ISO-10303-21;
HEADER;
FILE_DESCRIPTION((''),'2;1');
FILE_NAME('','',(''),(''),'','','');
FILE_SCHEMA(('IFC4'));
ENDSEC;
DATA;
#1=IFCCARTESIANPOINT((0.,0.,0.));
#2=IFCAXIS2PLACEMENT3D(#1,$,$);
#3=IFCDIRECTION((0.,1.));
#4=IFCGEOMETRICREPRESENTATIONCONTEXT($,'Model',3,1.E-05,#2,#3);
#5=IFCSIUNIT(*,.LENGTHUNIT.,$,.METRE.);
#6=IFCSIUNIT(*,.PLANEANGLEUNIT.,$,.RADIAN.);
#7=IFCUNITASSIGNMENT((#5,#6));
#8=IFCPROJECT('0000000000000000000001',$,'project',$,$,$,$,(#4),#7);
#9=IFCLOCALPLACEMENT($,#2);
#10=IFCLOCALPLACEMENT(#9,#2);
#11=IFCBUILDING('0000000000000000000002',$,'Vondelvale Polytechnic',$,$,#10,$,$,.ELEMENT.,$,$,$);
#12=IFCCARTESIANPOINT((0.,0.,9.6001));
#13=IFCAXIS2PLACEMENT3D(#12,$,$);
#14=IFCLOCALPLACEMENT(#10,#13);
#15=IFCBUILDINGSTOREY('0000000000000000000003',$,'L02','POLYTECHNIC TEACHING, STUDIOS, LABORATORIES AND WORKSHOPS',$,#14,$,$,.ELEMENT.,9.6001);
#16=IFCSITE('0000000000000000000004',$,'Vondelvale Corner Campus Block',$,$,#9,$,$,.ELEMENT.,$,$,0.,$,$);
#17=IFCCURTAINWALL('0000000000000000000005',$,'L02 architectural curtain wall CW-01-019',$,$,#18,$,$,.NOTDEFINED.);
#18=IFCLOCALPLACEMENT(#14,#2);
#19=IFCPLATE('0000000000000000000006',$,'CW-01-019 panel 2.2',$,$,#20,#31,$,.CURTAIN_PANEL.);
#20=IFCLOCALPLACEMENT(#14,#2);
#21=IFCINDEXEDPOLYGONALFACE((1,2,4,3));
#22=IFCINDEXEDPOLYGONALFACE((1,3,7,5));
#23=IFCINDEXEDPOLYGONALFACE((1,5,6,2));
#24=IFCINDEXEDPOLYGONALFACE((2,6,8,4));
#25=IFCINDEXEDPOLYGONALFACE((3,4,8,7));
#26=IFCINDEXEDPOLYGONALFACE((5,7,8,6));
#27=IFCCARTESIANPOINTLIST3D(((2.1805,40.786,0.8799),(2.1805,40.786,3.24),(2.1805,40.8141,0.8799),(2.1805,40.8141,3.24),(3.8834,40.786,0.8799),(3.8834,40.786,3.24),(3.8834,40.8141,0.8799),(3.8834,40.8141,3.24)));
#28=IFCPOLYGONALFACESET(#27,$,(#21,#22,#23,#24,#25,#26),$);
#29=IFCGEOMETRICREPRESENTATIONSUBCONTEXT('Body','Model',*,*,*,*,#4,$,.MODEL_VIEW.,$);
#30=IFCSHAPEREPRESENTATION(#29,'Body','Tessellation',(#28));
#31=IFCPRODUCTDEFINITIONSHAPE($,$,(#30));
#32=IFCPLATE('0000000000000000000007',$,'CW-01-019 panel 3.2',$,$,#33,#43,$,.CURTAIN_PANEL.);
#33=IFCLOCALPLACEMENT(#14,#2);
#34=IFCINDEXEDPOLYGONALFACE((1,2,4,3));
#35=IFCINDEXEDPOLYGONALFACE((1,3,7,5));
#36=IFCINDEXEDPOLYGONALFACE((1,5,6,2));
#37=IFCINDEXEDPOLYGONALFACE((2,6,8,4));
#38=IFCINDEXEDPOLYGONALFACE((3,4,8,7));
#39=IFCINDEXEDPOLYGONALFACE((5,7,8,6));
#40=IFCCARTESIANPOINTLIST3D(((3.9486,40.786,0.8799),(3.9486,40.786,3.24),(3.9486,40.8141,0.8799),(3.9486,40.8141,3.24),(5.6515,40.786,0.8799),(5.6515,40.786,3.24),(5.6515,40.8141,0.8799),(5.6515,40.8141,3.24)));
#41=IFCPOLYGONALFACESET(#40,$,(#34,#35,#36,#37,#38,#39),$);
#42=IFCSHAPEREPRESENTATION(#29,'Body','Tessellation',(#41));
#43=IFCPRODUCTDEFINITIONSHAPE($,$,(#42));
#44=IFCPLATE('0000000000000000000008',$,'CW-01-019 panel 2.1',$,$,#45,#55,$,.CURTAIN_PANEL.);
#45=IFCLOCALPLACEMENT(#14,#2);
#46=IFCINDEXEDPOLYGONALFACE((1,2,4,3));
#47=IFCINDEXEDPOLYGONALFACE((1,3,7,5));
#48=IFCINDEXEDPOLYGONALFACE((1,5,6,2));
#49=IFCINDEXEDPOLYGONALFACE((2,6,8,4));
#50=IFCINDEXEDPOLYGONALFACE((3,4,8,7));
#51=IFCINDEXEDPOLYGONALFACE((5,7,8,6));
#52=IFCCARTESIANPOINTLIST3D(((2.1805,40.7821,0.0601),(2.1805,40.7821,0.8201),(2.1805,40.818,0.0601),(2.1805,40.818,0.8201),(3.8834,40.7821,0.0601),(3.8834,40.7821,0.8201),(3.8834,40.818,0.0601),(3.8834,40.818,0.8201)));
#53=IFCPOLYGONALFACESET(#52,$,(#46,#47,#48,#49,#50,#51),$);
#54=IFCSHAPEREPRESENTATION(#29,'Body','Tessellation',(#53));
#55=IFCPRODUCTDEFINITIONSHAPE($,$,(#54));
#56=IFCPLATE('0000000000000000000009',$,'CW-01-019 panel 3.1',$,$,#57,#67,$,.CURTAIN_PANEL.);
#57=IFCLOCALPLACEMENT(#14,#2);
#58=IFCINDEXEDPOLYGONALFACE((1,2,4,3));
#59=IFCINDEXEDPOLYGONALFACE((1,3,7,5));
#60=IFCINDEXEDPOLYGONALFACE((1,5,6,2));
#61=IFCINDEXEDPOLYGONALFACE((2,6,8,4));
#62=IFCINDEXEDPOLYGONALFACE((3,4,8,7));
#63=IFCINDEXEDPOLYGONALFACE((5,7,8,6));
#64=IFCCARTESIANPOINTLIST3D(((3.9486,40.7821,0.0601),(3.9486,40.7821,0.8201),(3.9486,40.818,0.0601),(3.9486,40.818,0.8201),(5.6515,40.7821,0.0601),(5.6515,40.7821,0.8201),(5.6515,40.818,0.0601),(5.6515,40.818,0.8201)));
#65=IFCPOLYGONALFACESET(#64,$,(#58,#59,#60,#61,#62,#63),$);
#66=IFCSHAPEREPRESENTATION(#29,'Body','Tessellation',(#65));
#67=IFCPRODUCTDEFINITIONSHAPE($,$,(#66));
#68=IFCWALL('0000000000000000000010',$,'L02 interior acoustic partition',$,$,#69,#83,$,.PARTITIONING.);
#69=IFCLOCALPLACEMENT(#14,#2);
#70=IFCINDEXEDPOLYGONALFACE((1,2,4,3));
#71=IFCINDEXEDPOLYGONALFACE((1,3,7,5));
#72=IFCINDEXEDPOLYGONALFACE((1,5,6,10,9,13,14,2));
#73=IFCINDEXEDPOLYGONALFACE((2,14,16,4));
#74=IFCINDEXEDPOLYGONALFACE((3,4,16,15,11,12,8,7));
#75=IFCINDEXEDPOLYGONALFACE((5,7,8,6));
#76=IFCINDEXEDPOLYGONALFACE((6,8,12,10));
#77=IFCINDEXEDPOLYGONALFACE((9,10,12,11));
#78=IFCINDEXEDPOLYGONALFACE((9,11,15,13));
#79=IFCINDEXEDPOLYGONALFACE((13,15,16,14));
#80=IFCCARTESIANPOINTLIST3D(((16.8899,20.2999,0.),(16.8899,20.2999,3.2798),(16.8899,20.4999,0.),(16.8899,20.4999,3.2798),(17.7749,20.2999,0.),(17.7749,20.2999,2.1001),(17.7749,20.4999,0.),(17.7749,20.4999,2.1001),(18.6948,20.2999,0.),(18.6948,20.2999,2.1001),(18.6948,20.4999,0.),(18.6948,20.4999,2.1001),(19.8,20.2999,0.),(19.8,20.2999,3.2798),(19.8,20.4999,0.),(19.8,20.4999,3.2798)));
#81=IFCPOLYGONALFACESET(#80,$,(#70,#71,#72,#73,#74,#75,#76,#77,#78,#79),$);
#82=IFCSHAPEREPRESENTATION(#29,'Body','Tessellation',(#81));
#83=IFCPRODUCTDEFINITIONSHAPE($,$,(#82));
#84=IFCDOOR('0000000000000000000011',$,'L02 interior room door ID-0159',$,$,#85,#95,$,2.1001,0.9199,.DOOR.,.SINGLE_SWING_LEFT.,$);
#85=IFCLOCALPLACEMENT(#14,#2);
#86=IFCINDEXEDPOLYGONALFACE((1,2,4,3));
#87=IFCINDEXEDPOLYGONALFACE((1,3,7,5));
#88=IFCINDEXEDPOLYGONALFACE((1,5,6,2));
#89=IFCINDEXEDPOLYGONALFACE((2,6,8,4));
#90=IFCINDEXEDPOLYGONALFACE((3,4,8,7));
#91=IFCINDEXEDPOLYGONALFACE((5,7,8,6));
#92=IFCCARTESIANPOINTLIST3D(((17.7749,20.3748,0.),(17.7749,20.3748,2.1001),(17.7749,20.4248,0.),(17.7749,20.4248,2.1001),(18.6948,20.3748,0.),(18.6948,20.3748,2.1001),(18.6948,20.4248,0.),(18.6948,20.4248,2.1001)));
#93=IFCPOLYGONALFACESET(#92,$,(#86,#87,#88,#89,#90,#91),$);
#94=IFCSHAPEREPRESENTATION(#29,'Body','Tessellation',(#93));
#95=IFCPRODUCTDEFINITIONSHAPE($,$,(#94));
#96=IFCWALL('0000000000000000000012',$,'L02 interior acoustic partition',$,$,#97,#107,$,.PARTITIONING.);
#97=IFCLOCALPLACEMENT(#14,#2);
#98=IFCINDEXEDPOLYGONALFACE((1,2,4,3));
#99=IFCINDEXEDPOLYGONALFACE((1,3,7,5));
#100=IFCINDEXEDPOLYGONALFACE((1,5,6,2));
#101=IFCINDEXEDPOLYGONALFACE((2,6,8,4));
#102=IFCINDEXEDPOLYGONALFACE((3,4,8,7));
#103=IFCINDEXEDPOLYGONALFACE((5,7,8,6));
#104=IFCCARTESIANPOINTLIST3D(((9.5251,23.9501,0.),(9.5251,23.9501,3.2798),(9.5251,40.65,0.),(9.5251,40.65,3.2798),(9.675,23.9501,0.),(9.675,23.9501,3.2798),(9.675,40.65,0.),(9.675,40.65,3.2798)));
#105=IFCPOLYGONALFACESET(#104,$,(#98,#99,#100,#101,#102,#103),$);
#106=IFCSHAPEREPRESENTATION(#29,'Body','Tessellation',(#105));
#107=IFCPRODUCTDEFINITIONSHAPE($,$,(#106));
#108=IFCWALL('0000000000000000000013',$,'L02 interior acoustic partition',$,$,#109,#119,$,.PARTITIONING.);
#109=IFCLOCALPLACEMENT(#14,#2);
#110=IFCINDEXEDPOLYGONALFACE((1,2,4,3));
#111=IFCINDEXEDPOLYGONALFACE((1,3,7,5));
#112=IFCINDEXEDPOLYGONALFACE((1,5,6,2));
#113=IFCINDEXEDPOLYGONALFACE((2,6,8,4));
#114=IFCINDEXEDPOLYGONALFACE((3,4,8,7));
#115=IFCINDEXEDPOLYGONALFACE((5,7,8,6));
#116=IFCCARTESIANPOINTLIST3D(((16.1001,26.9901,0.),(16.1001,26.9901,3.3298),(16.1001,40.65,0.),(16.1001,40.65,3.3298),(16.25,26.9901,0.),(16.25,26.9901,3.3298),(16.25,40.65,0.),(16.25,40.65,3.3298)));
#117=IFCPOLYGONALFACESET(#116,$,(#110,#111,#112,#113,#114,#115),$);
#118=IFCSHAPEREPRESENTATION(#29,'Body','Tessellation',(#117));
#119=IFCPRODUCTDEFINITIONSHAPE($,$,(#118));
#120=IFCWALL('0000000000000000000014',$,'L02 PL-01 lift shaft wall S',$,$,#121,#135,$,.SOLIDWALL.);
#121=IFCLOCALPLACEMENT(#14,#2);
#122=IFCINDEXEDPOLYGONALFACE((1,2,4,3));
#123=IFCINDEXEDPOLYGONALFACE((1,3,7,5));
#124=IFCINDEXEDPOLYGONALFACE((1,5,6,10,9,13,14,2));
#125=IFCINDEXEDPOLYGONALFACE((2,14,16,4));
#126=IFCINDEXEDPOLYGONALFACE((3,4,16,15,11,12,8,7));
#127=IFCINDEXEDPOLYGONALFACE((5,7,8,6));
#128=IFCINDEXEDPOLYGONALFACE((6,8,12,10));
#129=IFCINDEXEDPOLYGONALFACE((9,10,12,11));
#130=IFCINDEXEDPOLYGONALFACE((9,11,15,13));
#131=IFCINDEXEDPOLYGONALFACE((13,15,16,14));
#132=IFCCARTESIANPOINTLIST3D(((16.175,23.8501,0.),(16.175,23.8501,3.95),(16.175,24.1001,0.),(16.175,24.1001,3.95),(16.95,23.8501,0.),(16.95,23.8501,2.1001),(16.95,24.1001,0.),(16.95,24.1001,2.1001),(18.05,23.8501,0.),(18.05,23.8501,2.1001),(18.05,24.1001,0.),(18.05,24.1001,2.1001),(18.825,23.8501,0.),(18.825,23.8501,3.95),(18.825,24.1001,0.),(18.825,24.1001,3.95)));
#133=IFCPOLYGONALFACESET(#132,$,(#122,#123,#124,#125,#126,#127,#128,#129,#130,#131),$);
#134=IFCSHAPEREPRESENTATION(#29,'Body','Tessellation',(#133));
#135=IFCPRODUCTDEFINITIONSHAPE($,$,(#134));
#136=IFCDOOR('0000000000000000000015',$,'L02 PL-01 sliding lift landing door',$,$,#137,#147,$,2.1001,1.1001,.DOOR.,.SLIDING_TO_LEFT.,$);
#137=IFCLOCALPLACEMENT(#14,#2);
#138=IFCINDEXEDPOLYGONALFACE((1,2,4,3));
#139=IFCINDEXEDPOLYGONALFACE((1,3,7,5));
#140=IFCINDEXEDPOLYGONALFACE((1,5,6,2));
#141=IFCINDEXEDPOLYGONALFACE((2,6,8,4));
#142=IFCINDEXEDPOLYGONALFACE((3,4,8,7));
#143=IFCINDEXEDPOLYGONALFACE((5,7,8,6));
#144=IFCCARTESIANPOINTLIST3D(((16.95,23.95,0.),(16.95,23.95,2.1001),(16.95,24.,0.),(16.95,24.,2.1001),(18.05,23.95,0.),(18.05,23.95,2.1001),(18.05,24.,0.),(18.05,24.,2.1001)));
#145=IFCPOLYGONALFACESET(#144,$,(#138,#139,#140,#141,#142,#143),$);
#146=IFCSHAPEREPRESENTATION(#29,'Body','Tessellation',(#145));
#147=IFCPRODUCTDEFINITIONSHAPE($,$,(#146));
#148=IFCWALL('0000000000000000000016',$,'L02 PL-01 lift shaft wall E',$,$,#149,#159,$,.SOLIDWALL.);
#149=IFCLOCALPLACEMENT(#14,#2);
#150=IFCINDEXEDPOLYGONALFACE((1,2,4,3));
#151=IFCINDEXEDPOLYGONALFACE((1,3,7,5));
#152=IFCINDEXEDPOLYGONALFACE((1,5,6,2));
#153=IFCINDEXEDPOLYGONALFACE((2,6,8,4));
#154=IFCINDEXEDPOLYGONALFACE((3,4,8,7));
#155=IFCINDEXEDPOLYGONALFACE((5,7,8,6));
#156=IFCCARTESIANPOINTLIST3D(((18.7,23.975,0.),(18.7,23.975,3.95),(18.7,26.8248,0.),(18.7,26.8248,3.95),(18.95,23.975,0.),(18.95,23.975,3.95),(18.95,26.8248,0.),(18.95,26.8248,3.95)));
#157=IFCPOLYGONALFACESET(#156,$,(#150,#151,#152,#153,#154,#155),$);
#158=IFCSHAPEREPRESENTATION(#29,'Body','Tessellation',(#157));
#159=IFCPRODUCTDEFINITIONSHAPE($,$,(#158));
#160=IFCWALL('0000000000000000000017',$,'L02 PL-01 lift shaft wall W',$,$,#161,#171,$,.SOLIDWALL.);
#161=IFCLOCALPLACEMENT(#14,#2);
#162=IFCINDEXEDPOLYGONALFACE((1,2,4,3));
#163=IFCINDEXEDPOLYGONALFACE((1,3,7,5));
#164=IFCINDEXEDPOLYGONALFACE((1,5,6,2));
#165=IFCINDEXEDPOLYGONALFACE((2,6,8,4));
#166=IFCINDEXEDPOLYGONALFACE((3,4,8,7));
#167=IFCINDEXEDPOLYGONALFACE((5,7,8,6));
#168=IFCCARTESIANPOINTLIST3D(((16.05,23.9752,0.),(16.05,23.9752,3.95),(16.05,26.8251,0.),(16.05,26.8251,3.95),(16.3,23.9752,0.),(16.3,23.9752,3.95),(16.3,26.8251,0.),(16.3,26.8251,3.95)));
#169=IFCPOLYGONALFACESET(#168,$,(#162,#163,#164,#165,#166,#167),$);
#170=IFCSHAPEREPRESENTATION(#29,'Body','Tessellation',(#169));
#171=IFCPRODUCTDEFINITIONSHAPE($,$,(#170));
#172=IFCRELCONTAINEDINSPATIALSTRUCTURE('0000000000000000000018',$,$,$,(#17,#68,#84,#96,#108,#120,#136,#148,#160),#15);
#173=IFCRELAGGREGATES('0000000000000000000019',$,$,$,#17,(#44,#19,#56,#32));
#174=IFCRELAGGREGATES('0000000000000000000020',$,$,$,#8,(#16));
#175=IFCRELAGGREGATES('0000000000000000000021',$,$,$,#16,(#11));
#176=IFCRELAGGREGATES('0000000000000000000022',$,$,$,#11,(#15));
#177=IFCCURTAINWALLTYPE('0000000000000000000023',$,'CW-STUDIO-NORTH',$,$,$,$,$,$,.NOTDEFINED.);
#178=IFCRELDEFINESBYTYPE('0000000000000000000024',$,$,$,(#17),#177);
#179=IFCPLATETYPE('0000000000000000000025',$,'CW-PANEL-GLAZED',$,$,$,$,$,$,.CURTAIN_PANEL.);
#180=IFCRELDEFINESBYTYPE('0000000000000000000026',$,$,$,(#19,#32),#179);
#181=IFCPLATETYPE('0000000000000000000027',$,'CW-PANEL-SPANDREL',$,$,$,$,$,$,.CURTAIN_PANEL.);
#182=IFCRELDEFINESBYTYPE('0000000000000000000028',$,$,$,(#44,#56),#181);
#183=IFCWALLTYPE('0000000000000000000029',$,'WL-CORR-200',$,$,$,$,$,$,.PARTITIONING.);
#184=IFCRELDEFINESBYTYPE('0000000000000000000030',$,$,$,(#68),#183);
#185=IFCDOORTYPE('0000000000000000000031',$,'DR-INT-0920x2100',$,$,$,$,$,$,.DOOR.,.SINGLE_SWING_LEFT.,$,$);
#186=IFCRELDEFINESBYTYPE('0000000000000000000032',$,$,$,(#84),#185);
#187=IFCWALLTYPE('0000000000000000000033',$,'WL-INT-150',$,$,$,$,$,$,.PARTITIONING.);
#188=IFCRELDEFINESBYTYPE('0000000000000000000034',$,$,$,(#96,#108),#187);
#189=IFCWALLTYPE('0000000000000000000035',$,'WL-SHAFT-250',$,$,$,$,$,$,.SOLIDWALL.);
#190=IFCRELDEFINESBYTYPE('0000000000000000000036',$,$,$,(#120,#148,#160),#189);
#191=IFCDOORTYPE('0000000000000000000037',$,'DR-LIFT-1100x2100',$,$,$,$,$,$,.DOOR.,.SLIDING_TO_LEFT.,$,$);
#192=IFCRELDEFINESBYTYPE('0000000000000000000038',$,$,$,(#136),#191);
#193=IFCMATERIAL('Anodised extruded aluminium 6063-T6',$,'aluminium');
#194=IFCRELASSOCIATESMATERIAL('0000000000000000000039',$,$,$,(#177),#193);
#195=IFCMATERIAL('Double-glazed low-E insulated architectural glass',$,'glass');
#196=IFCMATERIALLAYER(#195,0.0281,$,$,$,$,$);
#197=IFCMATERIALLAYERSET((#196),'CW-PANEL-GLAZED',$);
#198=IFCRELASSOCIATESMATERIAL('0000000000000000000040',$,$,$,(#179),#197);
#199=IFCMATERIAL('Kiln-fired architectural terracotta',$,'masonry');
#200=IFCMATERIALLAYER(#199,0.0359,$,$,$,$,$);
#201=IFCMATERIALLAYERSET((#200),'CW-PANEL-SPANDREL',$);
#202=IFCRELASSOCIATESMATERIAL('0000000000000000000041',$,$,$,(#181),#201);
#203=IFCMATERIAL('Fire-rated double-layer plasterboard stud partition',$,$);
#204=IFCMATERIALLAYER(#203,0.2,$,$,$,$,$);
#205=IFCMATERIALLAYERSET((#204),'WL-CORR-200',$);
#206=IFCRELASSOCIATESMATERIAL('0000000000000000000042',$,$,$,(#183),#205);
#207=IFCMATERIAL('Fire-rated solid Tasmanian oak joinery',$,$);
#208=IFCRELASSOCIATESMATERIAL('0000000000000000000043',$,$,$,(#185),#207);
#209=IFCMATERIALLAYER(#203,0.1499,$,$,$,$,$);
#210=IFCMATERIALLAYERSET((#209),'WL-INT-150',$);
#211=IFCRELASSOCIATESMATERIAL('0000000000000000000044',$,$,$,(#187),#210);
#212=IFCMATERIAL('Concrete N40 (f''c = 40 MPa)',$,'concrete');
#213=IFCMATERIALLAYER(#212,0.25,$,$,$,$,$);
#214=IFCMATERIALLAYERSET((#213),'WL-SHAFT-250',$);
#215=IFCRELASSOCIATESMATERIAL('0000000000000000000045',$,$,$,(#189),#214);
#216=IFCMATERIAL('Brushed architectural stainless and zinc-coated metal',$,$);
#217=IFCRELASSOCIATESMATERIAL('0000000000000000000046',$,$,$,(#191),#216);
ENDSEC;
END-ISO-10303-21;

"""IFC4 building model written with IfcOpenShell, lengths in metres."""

from ifc_helpers import new_model, si_unit, direction, frame, frame_2d, origin, origin_2d, place, context, subcontext, project, spatial, rectangle, extrude, material, layer, layer_set, type_object, element, fill, aggregate, save


model = new_model("IFC4")

# Units and contexts
model_context = context("Model", 3, precision=1e-05, world=origin(), true_north=direction((0.0, 1.0)))
body_context = subcontext(model_context, "Body", "Model", "MODEL_VIEW")
ifc_project = project(units=[si_unit("LENGTHUNIT", "METRE"), si_unit("PLANEANGLEUNIT", "RADIAN")], contexts=[model_context])

# Site, building, storey
site_placement = place(None, origin())
site = spatial("IfcSite", under=ifc_project, at=site_placement, Name="Vondelvale Corner Campus Block", CompositionType="ELEMENT", RefElevation=0.0)
building_placement = place(site_placement, origin())
building = spatial("IfcBuilding", under=site, at=building_placement, Name="Vondelvale Polytechnic", CompositionType="ELEMENT")
storey_placement = place(building_placement, frame((0.0, 0.0, 9.6001)))
storey = spatial("IfcBuildingStorey", under=building, at=storey_placement, Name="L02", Description="POLYTECHNIC TEACHING, STUDIOS, LABORATORIES AND WORKSHOPS", CompositionType="ELEMENT", Elevation=9.6001)

# Shared definitions
ifc_material_1 = material(Name="Concrete N40 (f'c = 40 MPa)", Category="concrete")

# Curtain wall
ifc_material_2 = material(Name="Anodised extruded aluminium 6063-T6", Category="aluminium")
curtain_wall_type = type_object("IfcCurtainWallType", Name="CW-STUDIO-NORTH", PredefinedType="NOTDEFINED", material=ifc_material_2)
curtain_wall_placement = place(storey_placement, origin())
curtain_wall = element("IfcCurtainWall", 1, at=curtain_wall_placement, inside=storey, type_object=curtain_wall_type, Name="L02 architectural curtain wall CW-01-019", PredefinedType="NOTDEFINED")

# Plates
ifc_material_3 = material(Name="Double-glazed low-E insulated architectural glass", Category="glass")
ifc_layer_1 = layer(ifc_material_3, 0.0281)
ifc_layer_set_1 = layer_set([ifc_layer_1], Name="CW-PANEL-GLAZED")
plate_type_1 = type_object("IfcPlateType", Name="CW-PANEL-GLAZED", PredefinedType="CURTAIN_PANEL", material=ifc_layer_set_1)
plate_1_placement = place(storey_placement, frame((3.032, 40.8, 0.8799), z_axis=(0.0, 0.0, 1.0), x_axis=(1.0, 0.0, 0.0)))
plate_1 = element("IfcPlate", 2, at=plate_1_placement, type_object=plate_type_1, Name="CW-01-019 panel 2.2", PredefinedType="CURTAIN_PANEL", context=body_context, shape_type="SweptSolid", body=[
    extrude(rectangle(XDim=1.7029, YDim=0.0281, at=origin_2d()), origin(), (0.0, 0.0, 1.0), 2.3601),
])
plate_2_placement = place(storey_placement, frame((4.8, 40.8, 0.8799), z_axis=(0.0, 0.0, 1.0), x_axis=(1.0, 0.0, 0.0)))
plate_2 = element("IfcPlate", 3, at=plate_2_placement, type_object=plate_type_1, Name="CW-01-019 panel 3.2", PredefinedType="CURTAIN_PANEL", context=body_context, shape_type="SweptSolid", body=[
    extrude(rectangle(XDim=1.7029, YDim=0.0281, at=origin_2d()), origin(), (0.0, 0.0, 1.0), 2.3601),
])
ifc_material_4 = material(Name="Kiln-fired architectural terracotta", Category="masonry")
ifc_layer_2 = layer(ifc_material_4, 0.0359)
ifc_layer_set_2 = layer_set([ifc_layer_2], Name="CW-PANEL-SPANDREL")
plate_type_2 = type_object("IfcPlateType", Name="CW-PANEL-SPANDREL", PredefinedType="CURTAIN_PANEL", material=ifc_layer_set_2)
plate_3_placement = place(storey_placement, frame((3.032, 40.8, 0.0601), z_axis=(0.0, 0.0, 1.0), x_axis=(1.0, 0.0, 0.0)))
plate_3 = element("IfcPlate", 4, at=plate_3_placement, type_object=plate_type_2, Name="CW-01-019 panel 2.1", PredefinedType="CURTAIN_PANEL", context=body_context, shape_type="SweptSolid", body=[
    extrude(rectangle(XDim=1.7029, YDim=0.0359, at=origin_2d()), origin(), (0.0, 0.0, 1.0), 0.76),
])
plate_4_placement = place(storey_placement, frame((4.8, 40.8, 0.0601), z_axis=(0.0, 0.0, 1.0), x_axis=(1.0, 0.0, 0.0)))
plate_4 = element("IfcPlate", 5, at=plate_4_placement, type_object=plate_type_2, Name="CW-01-019 panel 3.1", PredefinedType="CURTAIN_PANEL", context=body_context, shape_type="SweptSolid", body=[
    extrude(rectangle(XDim=1.7029, YDim=0.0359, at=origin_2d()), origin(), (0.0, 0.0, 1.0), 0.76),
])
aggregate(curtain_wall, [plate_3, plate_1, plate_4, plate_2])

# Wall, opening, door
ifc_material_5 = material(Name="Fire-rated double-layer plasterboard stud partition")
ifc_layer_3 = layer(ifc_material_5, 0.2)
ifc_layer_set_3 = layer_set([ifc_layer_3], Name="WL-CORR-200")
wall_type_1 = type_object("IfcWallType", Name="WL-CORR-200", PredefinedType="PARTITIONING", material=ifc_layer_set_3)
wall_1_placement = place(storey_placement, frame((16.8899, 20.3999, 0.0), z_axis=(0.0, 0.0, 1.0), x_axis=(1.0, 0.0, 0.0)))
wall_1 = element("IfcWall", 6, at=wall_1_placement, inside=storey, type_object=wall_type_1, Name="L02 interior acoustic partition", PredefinedType="PARTITIONING", context=body_context, shape_type="SweptSolid", body=[
    extrude(rectangle(XDim=2.9102, YDim=0.2, at=frame_2d((1.4551, 0.0))), origin(), (0.0, 0.0, 1.0), 3.2798),
])
opening_1_placement = place(wall_1_placement, frame((0.885, 0.0, 0.0)))
opening_1 = element("IfcOpeningElement", 7, at=opening_1_placement, cuts=wall_1, PredefinedType="OPENING", context=body_context, shape_type="SweptSolid", body=[
    extrude(rectangle(XDim=0.9199, YDim=2.1001, at=frame_2d((0.46, 1.05))), frame((0.0, 0.1099, 0.0), z_axis=(0.0, -1.0, 0.0), x_axis=(1.0, 0.0, 0.0)), (0.0, 0.0, 1.0), 0.22),
])
ifc_material_6 = material(Name="Fire-rated solid Tasmanian oak joinery")
door_type_1 = type_object("IfcDoorType", Name="DR-INT-0920x2100", OperationType="SINGLE_SWING_LEFT", PredefinedType="DOOR", material=ifc_material_6)
door_1_placement = place(opening_1_placement, origin())
door_1 = element("IfcDoor", 8, at=door_1_placement, inside=storey, type_object=door_type_1, Name="L02 interior room door ID-0159", OperationType="SINGLE_SWING_LEFT", OverallHeight=2.1001, OverallWidth=0.9199, PredefinedType="DOOR", context=body_context, shape_type="SweptSolid", body=[
    extrude(rectangle(XDim=0.9199, YDim=2.1001, at=frame_2d((0.46, 1.05))), frame((0.0, 0.0249, 0.0), z_axis=(0.0, -1.0, 0.0), x_axis=(1.0, 0.0, 0.0)), (0.0, 0.0, 1.0), 0.05),
])
fill(opening_1, door_1)

# Walls
ifc_layer_4 = layer(ifc_material_5, 0.1499)
ifc_layer_set_4 = layer_set([ifc_layer_4], Name="WL-INT-150")
wall_type_2 = type_object("IfcWallType", Name="WL-INT-150", PredefinedType="PARTITIONING", material=ifc_layer_set_4)
wall_2_placement = place(storey_placement, frame((9.6001, 23.95, 0.0), z_axis=(0.0, 0.0, 1.0), x_axis=(0.0, 1.0, 0.0)))
element("IfcWall", 9, at=wall_2_placement, inside=storey, type_object=wall_type_2, Name="L02 interior acoustic partition", PredefinedType="PARTITIONING", context=body_context, shape_type="SweptSolid", body=[
    extrude(rectangle(XDim=16.7, YDim=0.1499, at=frame_2d((8.3501, 0.0))), origin(), (0.0, 0.0, 1.0), 3.2798),
])
wall_3_placement = place(storey_placement, frame((16.175, 26.99, 0.0), z_axis=(0.0, 0.0, 1.0), x_axis=(0.0, 1.0, 0.0)))
element("IfcWall", 10, at=wall_3_placement, inside=storey, type_object=wall_type_2, Name="L02 interior acoustic partition", PredefinedType="PARTITIONING", context=body_context, shape_type="SweptSolid", body=[
    extrude(rectangle(XDim=13.6599, YDim=0.1499, at=frame_2d((6.8301, 0.0))), origin(), (0.0, 0.0, 1.0), 3.3298),
])

# Wall, opening, door
ifc_layer_5 = layer(ifc_material_1, 0.25)
ifc_layer_set_5 = layer_set([ifc_layer_5], Name="WL-SHAFT-250")
wall_type_3 = type_object("IfcWallType", Name="WL-SHAFT-250", PredefinedType="SOLIDWALL", material=ifc_layer_set_5)
wall_4_placement = place(storey_placement, frame((16.175, 23.9751, 0.0), z_axis=(0.0, 0.0, 1.0), x_axis=(1.0, 0.0, 0.0)))
wall_4 = element("IfcWall", 11, at=wall_4_placement, inside=storey, type_object=wall_type_3, Name="L02 PL-01 lift shaft wall S", PredefinedType="SOLIDWALL", context=body_context, shape_type="SweptSolid", body=[
    extrude(rectangle(XDim=2.6499, YDim=0.25, at=frame_2d((1.325, 0.0))), origin(), (0.0, 0.0, 1.0), 3.95),
])
opening_2_placement = place(wall_4_placement, frame((0.7749, 0.0, 0.0)))
opening_2 = element("IfcOpeningElement", 12, at=opening_2_placement, cuts=wall_4, PredefinedType="OPENING", context=body_context, shape_type="SweptSolid", body=[
    extrude(rectangle(XDim=1.1001, YDim=2.1001, at=frame_2d((0.55, 1.05))), frame((0.0, 0.135, 0.0), z_axis=(0.0, -1.0, 0.0), x_axis=(1.0, 0.0, 0.0)), (0.0, 0.0, 1.0), 0.27),
])
ifc_material_7 = material(Name="Brushed architectural stainless and zinc-coated metal")
door_type_2 = type_object("IfcDoorType", Name="DR-LIFT-1100x2100", OperationType="SLIDING_TO_LEFT", PredefinedType="DOOR", material=ifc_material_7)
door_2_placement = place(opening_2_placement, origin())
door_2 = element("IfcDoor", 13, at=door_2_placement, inside=storey, type_object=door_type_2, Name="L02 PL-01 sliding lift landing door", OperationType="SLIDING_TO_LEFT", OverallHeight=2.1001, OverallWidth=1.1001, PredefinedType="DOOR", context=body_context, shape_type="SweptSolid", body=[
    extrude(rectangle(XDim=1.1001, YDim=2.1001, at=frame_2d((0.55, 1.05))), frame((0.0, 0.0249, 0.0), z_axis=(0.0, -1.0, 0.0), x_axis=(1.0, 0.0, 0.0)), (0.0, 0.0, 1.0), 0.05),
])
fill(opening_2, door_2)

# Walls
for number, where, z_axis, x_axis, name in (
    (14, (18.825, 23.9751, 0.0), (0.0, 0.0, 1.0), (0.0, 1.0, 0.0), "L02 PL-01 lift shaft wall E"),
    (15, (16.175, 26.825, 0.0), (0.0, 0.0, 1.0), (0.0, -1.0, 0.0), "L02 PL-01 lift shaft wall W"),
):
    element("IfcWall", number, at=place(storey_placement, frame(where, z_axis=z_axis, x_axis=x_axis)), inside=storey, type_object=wall_type_3, Name=name, PredefinedType="SOLIDWALL", context=body_context, shape_type="SweptSolid", body=[
        extrude(rectangle(XDim=2.8499, YDim=0.25, at=frame_2d((1.4248, 0.0))), origin(), (0.0, 0.0, 1.0), 3.95),
    ])

save(model, "model.ifc")
